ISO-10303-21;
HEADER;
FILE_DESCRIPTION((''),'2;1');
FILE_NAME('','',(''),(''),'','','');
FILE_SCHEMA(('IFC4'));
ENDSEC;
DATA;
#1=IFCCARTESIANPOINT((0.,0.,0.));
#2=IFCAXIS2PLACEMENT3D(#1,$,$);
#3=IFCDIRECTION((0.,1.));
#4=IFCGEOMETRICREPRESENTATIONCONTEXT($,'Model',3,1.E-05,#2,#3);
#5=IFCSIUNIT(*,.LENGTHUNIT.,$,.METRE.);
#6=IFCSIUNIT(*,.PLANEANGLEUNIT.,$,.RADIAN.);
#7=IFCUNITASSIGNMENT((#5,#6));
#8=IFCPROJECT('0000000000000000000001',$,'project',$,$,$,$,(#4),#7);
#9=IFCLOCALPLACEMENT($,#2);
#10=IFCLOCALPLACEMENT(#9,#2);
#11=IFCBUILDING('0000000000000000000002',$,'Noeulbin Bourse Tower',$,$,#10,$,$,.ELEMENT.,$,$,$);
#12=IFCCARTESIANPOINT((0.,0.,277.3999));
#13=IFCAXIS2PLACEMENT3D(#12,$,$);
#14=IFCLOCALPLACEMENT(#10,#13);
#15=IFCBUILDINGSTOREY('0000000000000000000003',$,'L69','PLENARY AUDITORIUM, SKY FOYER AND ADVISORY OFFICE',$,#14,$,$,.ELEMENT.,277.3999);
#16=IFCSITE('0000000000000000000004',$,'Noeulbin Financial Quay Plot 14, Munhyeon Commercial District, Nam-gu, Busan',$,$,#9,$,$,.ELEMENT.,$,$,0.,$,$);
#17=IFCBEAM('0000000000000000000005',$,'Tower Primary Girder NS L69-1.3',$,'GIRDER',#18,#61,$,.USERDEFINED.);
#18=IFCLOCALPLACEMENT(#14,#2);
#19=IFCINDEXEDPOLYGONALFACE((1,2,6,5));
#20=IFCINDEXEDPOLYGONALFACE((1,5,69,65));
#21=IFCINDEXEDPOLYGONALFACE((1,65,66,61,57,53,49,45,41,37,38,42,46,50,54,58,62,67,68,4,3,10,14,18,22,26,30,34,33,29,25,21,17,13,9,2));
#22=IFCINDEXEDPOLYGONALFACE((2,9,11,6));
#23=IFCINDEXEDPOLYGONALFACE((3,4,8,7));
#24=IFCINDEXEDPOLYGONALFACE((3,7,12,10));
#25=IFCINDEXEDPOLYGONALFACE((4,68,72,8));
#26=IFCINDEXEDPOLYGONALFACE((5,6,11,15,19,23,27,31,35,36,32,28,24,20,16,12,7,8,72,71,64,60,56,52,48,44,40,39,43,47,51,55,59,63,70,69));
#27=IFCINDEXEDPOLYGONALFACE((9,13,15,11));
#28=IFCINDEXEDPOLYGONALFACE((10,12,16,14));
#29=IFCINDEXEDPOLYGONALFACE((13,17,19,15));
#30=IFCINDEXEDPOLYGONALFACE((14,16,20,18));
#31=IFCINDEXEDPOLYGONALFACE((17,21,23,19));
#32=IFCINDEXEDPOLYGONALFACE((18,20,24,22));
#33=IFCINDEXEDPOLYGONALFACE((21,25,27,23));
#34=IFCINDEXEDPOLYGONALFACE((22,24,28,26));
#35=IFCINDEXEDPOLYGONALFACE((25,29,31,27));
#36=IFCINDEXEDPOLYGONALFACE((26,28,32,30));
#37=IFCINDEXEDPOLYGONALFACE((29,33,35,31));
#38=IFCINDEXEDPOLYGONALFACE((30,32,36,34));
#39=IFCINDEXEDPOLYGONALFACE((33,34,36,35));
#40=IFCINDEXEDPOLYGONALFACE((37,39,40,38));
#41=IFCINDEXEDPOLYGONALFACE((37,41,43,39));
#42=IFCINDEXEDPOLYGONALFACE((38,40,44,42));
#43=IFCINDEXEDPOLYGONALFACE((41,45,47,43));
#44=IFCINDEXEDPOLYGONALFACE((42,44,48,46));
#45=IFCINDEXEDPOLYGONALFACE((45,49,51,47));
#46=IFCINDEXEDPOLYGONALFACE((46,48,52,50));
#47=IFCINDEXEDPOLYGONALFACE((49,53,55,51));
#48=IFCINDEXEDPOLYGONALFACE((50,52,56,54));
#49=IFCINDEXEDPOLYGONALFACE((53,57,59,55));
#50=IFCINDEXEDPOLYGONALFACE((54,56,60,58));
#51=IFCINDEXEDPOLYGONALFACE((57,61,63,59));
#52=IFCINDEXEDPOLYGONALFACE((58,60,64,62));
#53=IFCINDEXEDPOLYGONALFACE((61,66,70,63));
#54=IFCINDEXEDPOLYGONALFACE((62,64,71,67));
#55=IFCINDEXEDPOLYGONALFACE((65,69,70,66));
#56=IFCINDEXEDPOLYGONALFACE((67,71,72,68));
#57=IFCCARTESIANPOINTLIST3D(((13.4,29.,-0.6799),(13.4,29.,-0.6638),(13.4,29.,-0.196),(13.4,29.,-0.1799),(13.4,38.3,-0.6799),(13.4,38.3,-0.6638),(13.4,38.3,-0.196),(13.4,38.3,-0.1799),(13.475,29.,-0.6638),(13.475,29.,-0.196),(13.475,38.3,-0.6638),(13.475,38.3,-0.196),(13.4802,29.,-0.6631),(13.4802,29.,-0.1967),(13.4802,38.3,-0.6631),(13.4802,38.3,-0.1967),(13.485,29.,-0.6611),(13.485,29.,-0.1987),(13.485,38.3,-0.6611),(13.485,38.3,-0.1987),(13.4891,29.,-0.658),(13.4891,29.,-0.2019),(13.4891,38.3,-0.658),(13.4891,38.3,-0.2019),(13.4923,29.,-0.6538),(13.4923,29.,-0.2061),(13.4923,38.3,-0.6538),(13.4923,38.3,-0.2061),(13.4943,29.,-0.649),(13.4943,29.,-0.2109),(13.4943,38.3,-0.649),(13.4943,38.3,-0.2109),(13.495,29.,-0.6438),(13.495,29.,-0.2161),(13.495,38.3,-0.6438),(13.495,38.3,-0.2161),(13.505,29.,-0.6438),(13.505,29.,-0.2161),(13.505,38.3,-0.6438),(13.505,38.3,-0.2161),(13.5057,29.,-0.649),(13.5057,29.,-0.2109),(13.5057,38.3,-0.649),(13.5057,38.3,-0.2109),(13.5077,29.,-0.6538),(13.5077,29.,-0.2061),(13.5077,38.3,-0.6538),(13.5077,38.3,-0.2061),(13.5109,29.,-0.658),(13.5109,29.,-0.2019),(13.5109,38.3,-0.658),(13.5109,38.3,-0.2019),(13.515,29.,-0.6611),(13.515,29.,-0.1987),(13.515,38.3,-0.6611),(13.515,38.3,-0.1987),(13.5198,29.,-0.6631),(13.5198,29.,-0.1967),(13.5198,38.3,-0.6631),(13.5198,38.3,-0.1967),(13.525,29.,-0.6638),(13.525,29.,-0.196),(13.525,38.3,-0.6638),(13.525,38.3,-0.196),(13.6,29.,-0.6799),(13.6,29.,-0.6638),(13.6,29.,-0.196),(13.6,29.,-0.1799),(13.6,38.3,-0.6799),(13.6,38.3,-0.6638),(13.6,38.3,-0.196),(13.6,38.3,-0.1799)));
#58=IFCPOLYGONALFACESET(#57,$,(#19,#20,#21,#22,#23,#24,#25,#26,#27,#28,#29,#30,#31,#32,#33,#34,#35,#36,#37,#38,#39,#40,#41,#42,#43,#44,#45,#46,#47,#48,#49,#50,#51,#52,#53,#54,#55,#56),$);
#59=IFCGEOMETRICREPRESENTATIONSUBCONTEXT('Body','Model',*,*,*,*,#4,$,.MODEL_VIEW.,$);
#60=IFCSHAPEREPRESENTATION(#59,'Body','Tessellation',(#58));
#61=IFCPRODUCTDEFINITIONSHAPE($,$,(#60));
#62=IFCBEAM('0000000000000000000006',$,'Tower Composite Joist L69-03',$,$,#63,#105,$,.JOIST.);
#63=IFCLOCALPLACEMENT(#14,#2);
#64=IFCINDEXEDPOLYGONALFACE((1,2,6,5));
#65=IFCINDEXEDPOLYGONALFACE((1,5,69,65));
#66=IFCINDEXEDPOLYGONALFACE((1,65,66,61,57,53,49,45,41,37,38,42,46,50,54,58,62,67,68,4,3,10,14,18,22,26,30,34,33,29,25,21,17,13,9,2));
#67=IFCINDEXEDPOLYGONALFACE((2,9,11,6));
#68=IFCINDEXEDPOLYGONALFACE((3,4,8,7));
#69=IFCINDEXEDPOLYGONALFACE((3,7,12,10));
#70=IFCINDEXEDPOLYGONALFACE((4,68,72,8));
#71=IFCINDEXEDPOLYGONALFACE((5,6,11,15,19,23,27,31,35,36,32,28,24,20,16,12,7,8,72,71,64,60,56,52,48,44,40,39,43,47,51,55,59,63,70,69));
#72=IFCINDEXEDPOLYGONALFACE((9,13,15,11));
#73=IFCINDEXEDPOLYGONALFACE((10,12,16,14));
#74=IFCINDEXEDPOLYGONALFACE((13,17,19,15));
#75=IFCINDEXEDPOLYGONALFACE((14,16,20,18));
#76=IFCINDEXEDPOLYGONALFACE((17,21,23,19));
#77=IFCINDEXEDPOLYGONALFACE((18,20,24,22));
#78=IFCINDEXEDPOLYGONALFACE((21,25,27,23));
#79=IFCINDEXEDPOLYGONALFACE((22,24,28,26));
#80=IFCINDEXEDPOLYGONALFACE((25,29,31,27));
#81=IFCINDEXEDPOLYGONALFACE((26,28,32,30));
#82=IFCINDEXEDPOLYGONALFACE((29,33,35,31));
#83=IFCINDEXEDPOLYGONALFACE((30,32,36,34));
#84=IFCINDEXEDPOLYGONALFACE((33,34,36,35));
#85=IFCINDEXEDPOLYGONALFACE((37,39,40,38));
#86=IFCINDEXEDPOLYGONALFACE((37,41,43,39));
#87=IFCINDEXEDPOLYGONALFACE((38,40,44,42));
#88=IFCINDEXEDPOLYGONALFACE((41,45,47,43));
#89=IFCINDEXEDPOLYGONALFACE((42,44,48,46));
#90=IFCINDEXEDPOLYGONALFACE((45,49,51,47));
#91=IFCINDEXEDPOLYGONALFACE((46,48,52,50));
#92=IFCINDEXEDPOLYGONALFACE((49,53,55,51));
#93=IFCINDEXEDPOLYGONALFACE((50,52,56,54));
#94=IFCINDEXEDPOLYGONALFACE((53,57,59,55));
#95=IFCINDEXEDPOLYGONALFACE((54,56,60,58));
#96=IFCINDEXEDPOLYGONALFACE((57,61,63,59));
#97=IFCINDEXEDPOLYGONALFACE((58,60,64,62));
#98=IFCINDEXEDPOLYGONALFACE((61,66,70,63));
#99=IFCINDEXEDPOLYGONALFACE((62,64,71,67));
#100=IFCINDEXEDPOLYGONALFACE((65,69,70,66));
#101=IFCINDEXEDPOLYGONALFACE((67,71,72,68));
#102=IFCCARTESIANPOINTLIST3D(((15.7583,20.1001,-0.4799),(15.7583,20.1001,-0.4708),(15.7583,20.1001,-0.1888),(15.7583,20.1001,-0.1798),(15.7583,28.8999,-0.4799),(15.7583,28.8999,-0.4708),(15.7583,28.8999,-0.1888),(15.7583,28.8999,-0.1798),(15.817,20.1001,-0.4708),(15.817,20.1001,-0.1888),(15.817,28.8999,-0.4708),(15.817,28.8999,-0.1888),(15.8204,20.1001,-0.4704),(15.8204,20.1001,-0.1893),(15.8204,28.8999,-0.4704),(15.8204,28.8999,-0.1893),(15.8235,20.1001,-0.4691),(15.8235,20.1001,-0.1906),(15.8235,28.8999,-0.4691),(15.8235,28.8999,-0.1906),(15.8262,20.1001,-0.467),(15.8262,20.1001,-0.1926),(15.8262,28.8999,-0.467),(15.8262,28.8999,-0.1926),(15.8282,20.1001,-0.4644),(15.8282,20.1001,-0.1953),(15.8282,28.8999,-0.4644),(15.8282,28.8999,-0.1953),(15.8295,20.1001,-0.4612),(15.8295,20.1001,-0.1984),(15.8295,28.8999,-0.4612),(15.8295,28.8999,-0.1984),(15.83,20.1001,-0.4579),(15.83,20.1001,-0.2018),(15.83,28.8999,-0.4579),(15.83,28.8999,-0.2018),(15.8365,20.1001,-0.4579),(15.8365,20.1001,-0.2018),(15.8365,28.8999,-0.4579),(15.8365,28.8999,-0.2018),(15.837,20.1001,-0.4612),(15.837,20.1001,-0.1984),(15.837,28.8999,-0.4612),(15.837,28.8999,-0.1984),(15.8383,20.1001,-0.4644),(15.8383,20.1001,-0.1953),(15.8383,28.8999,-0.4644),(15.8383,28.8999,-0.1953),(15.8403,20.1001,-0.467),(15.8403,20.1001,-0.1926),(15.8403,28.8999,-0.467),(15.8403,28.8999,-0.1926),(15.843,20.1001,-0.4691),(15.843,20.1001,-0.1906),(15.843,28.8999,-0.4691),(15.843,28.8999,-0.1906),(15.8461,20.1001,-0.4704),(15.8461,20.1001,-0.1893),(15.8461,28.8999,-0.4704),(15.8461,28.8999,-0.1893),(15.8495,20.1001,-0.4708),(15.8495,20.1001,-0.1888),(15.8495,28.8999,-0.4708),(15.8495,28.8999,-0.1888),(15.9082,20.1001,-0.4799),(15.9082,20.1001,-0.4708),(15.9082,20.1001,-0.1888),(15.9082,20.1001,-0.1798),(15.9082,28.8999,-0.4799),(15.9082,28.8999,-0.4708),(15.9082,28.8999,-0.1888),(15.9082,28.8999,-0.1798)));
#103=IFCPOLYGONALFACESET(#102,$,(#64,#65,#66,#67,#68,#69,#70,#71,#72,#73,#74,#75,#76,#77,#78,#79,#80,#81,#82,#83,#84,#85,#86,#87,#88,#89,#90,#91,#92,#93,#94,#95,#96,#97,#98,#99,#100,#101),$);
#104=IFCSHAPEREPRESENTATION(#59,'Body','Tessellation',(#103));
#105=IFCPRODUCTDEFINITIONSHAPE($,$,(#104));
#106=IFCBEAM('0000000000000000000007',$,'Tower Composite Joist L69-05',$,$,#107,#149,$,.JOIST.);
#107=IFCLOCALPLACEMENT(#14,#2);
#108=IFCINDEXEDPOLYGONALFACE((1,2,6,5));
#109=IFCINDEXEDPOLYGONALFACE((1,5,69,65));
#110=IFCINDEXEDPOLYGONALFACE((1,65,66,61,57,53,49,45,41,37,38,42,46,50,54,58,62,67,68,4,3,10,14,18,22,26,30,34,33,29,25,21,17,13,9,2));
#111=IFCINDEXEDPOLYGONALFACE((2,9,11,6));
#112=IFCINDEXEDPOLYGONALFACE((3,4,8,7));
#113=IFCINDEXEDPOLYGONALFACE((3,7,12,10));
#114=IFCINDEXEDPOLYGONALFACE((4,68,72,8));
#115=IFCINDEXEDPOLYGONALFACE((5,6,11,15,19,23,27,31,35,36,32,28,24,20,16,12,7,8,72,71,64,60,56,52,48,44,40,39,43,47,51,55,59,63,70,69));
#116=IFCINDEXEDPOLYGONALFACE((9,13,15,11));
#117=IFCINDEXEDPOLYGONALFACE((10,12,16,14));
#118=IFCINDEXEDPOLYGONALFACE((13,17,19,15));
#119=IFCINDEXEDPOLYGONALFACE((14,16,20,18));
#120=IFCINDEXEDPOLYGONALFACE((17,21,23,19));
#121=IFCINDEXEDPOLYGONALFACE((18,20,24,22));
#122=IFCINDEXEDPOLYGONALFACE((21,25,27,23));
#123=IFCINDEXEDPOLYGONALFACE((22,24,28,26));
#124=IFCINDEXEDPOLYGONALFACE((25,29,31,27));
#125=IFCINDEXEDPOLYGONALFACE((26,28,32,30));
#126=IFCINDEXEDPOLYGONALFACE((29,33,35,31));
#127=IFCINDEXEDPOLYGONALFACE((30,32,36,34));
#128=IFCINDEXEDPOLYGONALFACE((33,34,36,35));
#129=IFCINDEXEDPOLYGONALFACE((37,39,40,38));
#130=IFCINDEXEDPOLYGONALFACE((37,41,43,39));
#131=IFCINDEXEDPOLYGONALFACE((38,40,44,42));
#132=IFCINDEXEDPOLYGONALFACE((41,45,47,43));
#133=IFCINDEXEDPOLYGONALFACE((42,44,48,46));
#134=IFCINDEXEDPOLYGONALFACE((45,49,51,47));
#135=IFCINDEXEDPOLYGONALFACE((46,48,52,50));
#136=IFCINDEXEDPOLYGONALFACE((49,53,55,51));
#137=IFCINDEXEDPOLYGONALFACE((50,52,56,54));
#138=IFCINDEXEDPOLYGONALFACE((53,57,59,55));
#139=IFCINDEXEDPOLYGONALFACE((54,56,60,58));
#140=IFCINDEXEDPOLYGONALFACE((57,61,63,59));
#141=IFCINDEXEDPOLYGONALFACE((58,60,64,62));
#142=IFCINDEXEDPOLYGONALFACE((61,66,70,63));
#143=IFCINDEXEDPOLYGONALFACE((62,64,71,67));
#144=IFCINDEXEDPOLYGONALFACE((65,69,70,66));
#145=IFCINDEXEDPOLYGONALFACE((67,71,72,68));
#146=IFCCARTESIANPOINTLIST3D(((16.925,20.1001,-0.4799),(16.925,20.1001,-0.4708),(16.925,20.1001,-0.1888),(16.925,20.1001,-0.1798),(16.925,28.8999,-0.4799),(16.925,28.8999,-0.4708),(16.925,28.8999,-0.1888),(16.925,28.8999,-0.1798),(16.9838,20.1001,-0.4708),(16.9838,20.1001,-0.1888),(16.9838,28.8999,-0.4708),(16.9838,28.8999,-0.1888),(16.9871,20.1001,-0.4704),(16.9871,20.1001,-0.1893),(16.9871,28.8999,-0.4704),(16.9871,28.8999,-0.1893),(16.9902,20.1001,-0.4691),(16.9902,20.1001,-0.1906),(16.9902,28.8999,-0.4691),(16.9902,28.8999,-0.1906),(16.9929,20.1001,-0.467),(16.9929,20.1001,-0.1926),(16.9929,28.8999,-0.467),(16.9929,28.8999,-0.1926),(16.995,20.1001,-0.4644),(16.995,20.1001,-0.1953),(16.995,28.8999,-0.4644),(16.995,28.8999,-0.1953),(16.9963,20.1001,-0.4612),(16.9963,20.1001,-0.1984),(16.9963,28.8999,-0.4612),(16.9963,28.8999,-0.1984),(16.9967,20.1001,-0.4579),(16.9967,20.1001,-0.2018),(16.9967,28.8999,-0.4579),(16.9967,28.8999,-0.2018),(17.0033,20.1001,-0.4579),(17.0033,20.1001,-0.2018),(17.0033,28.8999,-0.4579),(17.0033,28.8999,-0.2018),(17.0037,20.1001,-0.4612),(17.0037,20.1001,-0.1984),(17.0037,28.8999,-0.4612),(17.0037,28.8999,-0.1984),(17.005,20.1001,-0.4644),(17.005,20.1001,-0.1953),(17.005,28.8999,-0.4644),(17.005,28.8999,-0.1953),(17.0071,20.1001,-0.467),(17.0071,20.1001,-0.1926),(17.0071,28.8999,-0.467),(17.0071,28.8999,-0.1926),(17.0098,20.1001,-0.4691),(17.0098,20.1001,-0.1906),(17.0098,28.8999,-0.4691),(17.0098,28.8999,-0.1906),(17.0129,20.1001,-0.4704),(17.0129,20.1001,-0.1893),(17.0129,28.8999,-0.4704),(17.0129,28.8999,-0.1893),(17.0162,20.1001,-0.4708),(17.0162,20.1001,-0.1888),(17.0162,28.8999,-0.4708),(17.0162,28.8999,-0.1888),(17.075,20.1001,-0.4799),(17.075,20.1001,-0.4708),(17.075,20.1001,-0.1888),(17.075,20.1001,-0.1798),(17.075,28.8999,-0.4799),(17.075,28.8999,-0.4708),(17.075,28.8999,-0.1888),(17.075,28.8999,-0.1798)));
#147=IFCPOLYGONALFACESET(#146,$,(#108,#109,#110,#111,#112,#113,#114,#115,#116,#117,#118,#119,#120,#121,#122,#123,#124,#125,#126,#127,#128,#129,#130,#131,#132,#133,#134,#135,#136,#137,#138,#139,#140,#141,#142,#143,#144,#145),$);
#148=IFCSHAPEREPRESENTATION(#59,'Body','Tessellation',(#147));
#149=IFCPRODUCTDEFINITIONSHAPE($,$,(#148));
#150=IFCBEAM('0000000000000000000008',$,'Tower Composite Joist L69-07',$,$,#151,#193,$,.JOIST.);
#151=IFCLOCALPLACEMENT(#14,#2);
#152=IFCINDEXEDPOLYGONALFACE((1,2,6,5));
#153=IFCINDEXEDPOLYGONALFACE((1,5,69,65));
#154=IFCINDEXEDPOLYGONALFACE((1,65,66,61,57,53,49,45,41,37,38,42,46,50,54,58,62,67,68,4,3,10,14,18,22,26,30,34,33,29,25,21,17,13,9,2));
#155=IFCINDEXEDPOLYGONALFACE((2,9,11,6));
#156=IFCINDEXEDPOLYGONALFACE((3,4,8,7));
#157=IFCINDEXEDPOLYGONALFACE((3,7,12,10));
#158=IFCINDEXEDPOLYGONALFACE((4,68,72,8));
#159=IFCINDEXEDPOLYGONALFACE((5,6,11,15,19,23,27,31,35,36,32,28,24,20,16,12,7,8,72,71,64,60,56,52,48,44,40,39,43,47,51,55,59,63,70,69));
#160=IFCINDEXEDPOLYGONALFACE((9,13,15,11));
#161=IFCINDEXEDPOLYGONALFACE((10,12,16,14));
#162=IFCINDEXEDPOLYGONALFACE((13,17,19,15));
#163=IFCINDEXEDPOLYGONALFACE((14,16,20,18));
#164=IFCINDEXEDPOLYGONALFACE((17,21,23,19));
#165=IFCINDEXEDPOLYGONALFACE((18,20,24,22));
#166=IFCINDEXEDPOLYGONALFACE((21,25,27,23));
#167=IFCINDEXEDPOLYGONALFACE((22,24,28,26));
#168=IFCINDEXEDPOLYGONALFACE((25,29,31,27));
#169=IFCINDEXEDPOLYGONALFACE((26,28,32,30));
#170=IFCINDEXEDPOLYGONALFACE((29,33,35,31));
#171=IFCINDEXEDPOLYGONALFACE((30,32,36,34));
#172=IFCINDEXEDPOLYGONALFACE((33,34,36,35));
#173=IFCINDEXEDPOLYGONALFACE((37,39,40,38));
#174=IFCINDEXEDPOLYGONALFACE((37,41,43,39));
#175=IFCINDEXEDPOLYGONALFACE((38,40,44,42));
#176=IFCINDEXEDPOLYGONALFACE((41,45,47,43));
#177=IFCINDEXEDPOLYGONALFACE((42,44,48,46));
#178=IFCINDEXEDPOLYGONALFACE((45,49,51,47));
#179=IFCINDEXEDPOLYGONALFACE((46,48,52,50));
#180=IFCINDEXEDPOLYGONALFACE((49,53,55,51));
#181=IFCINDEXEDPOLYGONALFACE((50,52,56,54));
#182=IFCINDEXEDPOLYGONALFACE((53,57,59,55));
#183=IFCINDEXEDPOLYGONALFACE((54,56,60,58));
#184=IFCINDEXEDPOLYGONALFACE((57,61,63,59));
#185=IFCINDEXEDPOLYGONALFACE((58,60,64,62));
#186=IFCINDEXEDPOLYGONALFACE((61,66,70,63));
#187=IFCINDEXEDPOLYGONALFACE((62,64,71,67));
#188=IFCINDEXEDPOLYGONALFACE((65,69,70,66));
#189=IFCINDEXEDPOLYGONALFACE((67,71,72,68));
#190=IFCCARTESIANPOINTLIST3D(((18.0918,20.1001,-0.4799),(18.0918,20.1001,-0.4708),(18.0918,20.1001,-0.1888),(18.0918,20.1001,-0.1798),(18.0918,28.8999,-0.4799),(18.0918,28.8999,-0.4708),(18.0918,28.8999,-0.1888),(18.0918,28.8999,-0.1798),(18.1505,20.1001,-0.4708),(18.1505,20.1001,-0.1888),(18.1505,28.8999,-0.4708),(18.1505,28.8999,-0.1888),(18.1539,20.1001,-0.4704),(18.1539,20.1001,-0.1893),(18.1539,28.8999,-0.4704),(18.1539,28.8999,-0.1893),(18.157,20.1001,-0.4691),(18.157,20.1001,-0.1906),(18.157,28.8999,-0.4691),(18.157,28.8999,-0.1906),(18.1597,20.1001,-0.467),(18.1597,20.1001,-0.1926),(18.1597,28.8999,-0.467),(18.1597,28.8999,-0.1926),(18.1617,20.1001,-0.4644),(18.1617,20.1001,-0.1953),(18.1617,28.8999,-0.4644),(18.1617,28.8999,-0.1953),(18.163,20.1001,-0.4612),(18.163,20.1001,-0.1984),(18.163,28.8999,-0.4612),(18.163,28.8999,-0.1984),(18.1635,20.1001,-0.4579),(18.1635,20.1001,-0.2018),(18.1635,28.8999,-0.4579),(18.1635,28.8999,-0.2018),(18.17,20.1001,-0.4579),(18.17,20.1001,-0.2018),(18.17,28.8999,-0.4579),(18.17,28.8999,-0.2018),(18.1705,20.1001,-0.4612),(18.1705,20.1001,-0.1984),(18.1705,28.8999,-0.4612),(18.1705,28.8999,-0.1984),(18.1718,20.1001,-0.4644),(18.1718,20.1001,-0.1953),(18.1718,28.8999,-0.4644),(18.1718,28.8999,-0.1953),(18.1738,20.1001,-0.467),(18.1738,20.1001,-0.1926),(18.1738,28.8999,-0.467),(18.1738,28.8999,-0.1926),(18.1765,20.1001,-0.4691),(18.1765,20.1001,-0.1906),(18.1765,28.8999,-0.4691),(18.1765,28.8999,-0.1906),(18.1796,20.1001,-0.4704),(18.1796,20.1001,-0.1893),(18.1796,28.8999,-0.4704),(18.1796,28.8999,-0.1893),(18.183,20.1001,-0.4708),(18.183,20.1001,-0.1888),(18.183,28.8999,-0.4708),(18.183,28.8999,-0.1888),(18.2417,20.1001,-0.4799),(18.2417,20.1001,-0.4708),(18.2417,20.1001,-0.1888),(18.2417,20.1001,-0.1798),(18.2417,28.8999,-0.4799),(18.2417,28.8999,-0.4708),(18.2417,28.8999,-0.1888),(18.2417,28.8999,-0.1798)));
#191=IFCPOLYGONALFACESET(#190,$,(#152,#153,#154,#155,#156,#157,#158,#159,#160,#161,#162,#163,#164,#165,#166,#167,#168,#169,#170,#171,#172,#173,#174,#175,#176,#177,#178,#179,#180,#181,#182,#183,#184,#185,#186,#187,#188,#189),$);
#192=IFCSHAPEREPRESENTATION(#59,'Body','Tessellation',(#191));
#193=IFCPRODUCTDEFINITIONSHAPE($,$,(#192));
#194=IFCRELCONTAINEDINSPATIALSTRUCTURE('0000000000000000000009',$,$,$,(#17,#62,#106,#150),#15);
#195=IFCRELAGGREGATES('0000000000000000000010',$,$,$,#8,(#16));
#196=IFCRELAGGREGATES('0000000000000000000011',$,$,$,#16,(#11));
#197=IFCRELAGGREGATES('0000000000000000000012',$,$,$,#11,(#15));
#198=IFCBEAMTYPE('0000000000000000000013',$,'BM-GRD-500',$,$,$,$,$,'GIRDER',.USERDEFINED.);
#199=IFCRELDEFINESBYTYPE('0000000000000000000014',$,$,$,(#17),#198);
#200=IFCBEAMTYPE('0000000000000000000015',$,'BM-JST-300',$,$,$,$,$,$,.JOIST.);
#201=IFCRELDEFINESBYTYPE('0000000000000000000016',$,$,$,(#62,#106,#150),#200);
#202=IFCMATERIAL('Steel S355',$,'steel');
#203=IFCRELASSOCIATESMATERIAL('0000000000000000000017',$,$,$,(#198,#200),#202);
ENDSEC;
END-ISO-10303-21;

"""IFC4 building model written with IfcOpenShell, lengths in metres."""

from ifc_helpers import new_model, si_unit, direction, frame, origin, origin_2d, place, context, subcontext, project, spatial, i_section, extrude, material, material_profile, profile_set, type_object, element, save


model = new_model("IFC4")

# Units and contexts
model_context = context("Model", 3, precision=1e-05, world=origin(), true_north=direction((0.0, 1.0)))
body_context = subcontext(model_context, "Body", "Model", "MODEL_VIEW")
ifc_project = project(units=[si_unit("LENGTHUNIT", "METRE"), si_unit("PLANEANGLEUNIT", "RADIAN")], contexts=[model_context])

# Site, building, storey
site_placement = place(None, origin())
site = spatial("IfcSite", under=ifc_project, at=site_placement, Name="Noeulbin Financial Quay Plot 14, Munhyeon Commercial District, Nam-gu, Busan", CompositionType="ELEMENT", RefElevation=0.0)
building_placement = place(site_placement, origin())
building = spatial("IfcBuilding", under=site, at=building_placement, Name="Noeulbin Bourse Tower", CompositionType="ELEMENT")
storey_placement = place(building_placement, frame((0.0, 0.0, 277.3999)))
storey = spatial("IfcBuildingStorey", under=building, at=storey_placement, Name="L69", Description="PLENARY AUDITORIUM, SKY FOYER AND ADVISORY OFFICE", CompositionType="ELEMENT", Elevation=277.3999)

# Shared definitions
ifc_material_1 = material(Name="Steel S355", Category="steel")

# Beams
ifc_material_profile_1 = material_profile(ifc_material_1, i_section(OverallWidth=0.2, OverallDepth=0.5, WebThickness=0.01, FlangeThickness=0.0161, FilletRadius=0.02, at=origin_2d()), Name="H-500x200x10x16", Category="LoadBearing")
ifc_profile_set_1 = profile_set([ifc_material_profile_1], Name="Steel S355")
beam_type_1 = type_object("IfcBeamType", Name="BM-GRD-500", ElementType="GIRDER", PredefinedType="USERDEFINED", material=ifc_profile_set_1)
beam_placement = place(storey_placement, frame((13.5, 29.0, -0.4299), z_axis=(0.0, 1.0, 0.0), x_axis=(-1.0, 0.0, 0.0)))
element("IfcBeam", 1, at=beam_placement, inside=storey, type_object=beam_type_1, Name="Tower Primary Girder NS L69-1.3", ObjectType="GIRDER", PredefinedType="USERDEFINED", context=body_context, shape_type="SweptSolid", body=[
    extrude(i_section(OverallWidth=0.2, OverallDepth=0.5, WebThickness=0.01, FlangeThickness=0.0161, FilletRadius=0.02, at=origin_2d()), origin(), (0.0, 0.0, 1.0), 9.3),
])
ifc_material_profile_2 = material_profile(ifc_material_1, i_section(OverallWidth=0.1499, OverallDepth=0.3, WebThickness=0.0066, FlangeThickness=0.009, FilletRadius=0.0129, at=origin_2d()), Name="H-300x150x6.5x9", Category="LoadBearing")
ifc_profile_set_2 = profile_set([ifc_material_profile_2], Name="Steel S355")
beam_type_2 = type_object("IfcBeamType", Name="BM-JST-300", PredefinedType="JOIST", material=ifc_profile_set_2)
for number, where, z_axis, x_axis, name in (
    (2, (15.8333, 20.1001, -0.3298), (0.0, 1.0, 0.0), (-1.0, 0.0, 0.0), "Tower Composite Joist L69-03"),
    (3, (17.0, 20.1001, -0.3298), (0.0, 1.0, 0.0), (-1.0, 0.0, 0.0), "Tower Composite Joist L69-05"),
    (4, (18.1667, 20.1001, -0.3298), (0.0, 1.0, 0.0), (-1.0, 0.0, 0.0), "Tower Composite Joist L69-07"),
):
    element("IfcBeam", number, at=place(storey_placement, frame(where, z_axis=z_axis, x_axis=x_axis)), inside=storey, type_object=beam_type_2, Name=name, PredefinedType="JOIST", context=body_context, shape_type="SweptSolid", body=[
        extrude(i_section(OverallWidth=0.1499, OverallDepth=0.3, WebThickness=0.0066, FlangeThickness=0.009, FilletRadius=0.0129, at=origin_2d()), origin(), (0.0, 0.0, 1.0), 8.7998),
    ])

save(model, "model.ifc")
